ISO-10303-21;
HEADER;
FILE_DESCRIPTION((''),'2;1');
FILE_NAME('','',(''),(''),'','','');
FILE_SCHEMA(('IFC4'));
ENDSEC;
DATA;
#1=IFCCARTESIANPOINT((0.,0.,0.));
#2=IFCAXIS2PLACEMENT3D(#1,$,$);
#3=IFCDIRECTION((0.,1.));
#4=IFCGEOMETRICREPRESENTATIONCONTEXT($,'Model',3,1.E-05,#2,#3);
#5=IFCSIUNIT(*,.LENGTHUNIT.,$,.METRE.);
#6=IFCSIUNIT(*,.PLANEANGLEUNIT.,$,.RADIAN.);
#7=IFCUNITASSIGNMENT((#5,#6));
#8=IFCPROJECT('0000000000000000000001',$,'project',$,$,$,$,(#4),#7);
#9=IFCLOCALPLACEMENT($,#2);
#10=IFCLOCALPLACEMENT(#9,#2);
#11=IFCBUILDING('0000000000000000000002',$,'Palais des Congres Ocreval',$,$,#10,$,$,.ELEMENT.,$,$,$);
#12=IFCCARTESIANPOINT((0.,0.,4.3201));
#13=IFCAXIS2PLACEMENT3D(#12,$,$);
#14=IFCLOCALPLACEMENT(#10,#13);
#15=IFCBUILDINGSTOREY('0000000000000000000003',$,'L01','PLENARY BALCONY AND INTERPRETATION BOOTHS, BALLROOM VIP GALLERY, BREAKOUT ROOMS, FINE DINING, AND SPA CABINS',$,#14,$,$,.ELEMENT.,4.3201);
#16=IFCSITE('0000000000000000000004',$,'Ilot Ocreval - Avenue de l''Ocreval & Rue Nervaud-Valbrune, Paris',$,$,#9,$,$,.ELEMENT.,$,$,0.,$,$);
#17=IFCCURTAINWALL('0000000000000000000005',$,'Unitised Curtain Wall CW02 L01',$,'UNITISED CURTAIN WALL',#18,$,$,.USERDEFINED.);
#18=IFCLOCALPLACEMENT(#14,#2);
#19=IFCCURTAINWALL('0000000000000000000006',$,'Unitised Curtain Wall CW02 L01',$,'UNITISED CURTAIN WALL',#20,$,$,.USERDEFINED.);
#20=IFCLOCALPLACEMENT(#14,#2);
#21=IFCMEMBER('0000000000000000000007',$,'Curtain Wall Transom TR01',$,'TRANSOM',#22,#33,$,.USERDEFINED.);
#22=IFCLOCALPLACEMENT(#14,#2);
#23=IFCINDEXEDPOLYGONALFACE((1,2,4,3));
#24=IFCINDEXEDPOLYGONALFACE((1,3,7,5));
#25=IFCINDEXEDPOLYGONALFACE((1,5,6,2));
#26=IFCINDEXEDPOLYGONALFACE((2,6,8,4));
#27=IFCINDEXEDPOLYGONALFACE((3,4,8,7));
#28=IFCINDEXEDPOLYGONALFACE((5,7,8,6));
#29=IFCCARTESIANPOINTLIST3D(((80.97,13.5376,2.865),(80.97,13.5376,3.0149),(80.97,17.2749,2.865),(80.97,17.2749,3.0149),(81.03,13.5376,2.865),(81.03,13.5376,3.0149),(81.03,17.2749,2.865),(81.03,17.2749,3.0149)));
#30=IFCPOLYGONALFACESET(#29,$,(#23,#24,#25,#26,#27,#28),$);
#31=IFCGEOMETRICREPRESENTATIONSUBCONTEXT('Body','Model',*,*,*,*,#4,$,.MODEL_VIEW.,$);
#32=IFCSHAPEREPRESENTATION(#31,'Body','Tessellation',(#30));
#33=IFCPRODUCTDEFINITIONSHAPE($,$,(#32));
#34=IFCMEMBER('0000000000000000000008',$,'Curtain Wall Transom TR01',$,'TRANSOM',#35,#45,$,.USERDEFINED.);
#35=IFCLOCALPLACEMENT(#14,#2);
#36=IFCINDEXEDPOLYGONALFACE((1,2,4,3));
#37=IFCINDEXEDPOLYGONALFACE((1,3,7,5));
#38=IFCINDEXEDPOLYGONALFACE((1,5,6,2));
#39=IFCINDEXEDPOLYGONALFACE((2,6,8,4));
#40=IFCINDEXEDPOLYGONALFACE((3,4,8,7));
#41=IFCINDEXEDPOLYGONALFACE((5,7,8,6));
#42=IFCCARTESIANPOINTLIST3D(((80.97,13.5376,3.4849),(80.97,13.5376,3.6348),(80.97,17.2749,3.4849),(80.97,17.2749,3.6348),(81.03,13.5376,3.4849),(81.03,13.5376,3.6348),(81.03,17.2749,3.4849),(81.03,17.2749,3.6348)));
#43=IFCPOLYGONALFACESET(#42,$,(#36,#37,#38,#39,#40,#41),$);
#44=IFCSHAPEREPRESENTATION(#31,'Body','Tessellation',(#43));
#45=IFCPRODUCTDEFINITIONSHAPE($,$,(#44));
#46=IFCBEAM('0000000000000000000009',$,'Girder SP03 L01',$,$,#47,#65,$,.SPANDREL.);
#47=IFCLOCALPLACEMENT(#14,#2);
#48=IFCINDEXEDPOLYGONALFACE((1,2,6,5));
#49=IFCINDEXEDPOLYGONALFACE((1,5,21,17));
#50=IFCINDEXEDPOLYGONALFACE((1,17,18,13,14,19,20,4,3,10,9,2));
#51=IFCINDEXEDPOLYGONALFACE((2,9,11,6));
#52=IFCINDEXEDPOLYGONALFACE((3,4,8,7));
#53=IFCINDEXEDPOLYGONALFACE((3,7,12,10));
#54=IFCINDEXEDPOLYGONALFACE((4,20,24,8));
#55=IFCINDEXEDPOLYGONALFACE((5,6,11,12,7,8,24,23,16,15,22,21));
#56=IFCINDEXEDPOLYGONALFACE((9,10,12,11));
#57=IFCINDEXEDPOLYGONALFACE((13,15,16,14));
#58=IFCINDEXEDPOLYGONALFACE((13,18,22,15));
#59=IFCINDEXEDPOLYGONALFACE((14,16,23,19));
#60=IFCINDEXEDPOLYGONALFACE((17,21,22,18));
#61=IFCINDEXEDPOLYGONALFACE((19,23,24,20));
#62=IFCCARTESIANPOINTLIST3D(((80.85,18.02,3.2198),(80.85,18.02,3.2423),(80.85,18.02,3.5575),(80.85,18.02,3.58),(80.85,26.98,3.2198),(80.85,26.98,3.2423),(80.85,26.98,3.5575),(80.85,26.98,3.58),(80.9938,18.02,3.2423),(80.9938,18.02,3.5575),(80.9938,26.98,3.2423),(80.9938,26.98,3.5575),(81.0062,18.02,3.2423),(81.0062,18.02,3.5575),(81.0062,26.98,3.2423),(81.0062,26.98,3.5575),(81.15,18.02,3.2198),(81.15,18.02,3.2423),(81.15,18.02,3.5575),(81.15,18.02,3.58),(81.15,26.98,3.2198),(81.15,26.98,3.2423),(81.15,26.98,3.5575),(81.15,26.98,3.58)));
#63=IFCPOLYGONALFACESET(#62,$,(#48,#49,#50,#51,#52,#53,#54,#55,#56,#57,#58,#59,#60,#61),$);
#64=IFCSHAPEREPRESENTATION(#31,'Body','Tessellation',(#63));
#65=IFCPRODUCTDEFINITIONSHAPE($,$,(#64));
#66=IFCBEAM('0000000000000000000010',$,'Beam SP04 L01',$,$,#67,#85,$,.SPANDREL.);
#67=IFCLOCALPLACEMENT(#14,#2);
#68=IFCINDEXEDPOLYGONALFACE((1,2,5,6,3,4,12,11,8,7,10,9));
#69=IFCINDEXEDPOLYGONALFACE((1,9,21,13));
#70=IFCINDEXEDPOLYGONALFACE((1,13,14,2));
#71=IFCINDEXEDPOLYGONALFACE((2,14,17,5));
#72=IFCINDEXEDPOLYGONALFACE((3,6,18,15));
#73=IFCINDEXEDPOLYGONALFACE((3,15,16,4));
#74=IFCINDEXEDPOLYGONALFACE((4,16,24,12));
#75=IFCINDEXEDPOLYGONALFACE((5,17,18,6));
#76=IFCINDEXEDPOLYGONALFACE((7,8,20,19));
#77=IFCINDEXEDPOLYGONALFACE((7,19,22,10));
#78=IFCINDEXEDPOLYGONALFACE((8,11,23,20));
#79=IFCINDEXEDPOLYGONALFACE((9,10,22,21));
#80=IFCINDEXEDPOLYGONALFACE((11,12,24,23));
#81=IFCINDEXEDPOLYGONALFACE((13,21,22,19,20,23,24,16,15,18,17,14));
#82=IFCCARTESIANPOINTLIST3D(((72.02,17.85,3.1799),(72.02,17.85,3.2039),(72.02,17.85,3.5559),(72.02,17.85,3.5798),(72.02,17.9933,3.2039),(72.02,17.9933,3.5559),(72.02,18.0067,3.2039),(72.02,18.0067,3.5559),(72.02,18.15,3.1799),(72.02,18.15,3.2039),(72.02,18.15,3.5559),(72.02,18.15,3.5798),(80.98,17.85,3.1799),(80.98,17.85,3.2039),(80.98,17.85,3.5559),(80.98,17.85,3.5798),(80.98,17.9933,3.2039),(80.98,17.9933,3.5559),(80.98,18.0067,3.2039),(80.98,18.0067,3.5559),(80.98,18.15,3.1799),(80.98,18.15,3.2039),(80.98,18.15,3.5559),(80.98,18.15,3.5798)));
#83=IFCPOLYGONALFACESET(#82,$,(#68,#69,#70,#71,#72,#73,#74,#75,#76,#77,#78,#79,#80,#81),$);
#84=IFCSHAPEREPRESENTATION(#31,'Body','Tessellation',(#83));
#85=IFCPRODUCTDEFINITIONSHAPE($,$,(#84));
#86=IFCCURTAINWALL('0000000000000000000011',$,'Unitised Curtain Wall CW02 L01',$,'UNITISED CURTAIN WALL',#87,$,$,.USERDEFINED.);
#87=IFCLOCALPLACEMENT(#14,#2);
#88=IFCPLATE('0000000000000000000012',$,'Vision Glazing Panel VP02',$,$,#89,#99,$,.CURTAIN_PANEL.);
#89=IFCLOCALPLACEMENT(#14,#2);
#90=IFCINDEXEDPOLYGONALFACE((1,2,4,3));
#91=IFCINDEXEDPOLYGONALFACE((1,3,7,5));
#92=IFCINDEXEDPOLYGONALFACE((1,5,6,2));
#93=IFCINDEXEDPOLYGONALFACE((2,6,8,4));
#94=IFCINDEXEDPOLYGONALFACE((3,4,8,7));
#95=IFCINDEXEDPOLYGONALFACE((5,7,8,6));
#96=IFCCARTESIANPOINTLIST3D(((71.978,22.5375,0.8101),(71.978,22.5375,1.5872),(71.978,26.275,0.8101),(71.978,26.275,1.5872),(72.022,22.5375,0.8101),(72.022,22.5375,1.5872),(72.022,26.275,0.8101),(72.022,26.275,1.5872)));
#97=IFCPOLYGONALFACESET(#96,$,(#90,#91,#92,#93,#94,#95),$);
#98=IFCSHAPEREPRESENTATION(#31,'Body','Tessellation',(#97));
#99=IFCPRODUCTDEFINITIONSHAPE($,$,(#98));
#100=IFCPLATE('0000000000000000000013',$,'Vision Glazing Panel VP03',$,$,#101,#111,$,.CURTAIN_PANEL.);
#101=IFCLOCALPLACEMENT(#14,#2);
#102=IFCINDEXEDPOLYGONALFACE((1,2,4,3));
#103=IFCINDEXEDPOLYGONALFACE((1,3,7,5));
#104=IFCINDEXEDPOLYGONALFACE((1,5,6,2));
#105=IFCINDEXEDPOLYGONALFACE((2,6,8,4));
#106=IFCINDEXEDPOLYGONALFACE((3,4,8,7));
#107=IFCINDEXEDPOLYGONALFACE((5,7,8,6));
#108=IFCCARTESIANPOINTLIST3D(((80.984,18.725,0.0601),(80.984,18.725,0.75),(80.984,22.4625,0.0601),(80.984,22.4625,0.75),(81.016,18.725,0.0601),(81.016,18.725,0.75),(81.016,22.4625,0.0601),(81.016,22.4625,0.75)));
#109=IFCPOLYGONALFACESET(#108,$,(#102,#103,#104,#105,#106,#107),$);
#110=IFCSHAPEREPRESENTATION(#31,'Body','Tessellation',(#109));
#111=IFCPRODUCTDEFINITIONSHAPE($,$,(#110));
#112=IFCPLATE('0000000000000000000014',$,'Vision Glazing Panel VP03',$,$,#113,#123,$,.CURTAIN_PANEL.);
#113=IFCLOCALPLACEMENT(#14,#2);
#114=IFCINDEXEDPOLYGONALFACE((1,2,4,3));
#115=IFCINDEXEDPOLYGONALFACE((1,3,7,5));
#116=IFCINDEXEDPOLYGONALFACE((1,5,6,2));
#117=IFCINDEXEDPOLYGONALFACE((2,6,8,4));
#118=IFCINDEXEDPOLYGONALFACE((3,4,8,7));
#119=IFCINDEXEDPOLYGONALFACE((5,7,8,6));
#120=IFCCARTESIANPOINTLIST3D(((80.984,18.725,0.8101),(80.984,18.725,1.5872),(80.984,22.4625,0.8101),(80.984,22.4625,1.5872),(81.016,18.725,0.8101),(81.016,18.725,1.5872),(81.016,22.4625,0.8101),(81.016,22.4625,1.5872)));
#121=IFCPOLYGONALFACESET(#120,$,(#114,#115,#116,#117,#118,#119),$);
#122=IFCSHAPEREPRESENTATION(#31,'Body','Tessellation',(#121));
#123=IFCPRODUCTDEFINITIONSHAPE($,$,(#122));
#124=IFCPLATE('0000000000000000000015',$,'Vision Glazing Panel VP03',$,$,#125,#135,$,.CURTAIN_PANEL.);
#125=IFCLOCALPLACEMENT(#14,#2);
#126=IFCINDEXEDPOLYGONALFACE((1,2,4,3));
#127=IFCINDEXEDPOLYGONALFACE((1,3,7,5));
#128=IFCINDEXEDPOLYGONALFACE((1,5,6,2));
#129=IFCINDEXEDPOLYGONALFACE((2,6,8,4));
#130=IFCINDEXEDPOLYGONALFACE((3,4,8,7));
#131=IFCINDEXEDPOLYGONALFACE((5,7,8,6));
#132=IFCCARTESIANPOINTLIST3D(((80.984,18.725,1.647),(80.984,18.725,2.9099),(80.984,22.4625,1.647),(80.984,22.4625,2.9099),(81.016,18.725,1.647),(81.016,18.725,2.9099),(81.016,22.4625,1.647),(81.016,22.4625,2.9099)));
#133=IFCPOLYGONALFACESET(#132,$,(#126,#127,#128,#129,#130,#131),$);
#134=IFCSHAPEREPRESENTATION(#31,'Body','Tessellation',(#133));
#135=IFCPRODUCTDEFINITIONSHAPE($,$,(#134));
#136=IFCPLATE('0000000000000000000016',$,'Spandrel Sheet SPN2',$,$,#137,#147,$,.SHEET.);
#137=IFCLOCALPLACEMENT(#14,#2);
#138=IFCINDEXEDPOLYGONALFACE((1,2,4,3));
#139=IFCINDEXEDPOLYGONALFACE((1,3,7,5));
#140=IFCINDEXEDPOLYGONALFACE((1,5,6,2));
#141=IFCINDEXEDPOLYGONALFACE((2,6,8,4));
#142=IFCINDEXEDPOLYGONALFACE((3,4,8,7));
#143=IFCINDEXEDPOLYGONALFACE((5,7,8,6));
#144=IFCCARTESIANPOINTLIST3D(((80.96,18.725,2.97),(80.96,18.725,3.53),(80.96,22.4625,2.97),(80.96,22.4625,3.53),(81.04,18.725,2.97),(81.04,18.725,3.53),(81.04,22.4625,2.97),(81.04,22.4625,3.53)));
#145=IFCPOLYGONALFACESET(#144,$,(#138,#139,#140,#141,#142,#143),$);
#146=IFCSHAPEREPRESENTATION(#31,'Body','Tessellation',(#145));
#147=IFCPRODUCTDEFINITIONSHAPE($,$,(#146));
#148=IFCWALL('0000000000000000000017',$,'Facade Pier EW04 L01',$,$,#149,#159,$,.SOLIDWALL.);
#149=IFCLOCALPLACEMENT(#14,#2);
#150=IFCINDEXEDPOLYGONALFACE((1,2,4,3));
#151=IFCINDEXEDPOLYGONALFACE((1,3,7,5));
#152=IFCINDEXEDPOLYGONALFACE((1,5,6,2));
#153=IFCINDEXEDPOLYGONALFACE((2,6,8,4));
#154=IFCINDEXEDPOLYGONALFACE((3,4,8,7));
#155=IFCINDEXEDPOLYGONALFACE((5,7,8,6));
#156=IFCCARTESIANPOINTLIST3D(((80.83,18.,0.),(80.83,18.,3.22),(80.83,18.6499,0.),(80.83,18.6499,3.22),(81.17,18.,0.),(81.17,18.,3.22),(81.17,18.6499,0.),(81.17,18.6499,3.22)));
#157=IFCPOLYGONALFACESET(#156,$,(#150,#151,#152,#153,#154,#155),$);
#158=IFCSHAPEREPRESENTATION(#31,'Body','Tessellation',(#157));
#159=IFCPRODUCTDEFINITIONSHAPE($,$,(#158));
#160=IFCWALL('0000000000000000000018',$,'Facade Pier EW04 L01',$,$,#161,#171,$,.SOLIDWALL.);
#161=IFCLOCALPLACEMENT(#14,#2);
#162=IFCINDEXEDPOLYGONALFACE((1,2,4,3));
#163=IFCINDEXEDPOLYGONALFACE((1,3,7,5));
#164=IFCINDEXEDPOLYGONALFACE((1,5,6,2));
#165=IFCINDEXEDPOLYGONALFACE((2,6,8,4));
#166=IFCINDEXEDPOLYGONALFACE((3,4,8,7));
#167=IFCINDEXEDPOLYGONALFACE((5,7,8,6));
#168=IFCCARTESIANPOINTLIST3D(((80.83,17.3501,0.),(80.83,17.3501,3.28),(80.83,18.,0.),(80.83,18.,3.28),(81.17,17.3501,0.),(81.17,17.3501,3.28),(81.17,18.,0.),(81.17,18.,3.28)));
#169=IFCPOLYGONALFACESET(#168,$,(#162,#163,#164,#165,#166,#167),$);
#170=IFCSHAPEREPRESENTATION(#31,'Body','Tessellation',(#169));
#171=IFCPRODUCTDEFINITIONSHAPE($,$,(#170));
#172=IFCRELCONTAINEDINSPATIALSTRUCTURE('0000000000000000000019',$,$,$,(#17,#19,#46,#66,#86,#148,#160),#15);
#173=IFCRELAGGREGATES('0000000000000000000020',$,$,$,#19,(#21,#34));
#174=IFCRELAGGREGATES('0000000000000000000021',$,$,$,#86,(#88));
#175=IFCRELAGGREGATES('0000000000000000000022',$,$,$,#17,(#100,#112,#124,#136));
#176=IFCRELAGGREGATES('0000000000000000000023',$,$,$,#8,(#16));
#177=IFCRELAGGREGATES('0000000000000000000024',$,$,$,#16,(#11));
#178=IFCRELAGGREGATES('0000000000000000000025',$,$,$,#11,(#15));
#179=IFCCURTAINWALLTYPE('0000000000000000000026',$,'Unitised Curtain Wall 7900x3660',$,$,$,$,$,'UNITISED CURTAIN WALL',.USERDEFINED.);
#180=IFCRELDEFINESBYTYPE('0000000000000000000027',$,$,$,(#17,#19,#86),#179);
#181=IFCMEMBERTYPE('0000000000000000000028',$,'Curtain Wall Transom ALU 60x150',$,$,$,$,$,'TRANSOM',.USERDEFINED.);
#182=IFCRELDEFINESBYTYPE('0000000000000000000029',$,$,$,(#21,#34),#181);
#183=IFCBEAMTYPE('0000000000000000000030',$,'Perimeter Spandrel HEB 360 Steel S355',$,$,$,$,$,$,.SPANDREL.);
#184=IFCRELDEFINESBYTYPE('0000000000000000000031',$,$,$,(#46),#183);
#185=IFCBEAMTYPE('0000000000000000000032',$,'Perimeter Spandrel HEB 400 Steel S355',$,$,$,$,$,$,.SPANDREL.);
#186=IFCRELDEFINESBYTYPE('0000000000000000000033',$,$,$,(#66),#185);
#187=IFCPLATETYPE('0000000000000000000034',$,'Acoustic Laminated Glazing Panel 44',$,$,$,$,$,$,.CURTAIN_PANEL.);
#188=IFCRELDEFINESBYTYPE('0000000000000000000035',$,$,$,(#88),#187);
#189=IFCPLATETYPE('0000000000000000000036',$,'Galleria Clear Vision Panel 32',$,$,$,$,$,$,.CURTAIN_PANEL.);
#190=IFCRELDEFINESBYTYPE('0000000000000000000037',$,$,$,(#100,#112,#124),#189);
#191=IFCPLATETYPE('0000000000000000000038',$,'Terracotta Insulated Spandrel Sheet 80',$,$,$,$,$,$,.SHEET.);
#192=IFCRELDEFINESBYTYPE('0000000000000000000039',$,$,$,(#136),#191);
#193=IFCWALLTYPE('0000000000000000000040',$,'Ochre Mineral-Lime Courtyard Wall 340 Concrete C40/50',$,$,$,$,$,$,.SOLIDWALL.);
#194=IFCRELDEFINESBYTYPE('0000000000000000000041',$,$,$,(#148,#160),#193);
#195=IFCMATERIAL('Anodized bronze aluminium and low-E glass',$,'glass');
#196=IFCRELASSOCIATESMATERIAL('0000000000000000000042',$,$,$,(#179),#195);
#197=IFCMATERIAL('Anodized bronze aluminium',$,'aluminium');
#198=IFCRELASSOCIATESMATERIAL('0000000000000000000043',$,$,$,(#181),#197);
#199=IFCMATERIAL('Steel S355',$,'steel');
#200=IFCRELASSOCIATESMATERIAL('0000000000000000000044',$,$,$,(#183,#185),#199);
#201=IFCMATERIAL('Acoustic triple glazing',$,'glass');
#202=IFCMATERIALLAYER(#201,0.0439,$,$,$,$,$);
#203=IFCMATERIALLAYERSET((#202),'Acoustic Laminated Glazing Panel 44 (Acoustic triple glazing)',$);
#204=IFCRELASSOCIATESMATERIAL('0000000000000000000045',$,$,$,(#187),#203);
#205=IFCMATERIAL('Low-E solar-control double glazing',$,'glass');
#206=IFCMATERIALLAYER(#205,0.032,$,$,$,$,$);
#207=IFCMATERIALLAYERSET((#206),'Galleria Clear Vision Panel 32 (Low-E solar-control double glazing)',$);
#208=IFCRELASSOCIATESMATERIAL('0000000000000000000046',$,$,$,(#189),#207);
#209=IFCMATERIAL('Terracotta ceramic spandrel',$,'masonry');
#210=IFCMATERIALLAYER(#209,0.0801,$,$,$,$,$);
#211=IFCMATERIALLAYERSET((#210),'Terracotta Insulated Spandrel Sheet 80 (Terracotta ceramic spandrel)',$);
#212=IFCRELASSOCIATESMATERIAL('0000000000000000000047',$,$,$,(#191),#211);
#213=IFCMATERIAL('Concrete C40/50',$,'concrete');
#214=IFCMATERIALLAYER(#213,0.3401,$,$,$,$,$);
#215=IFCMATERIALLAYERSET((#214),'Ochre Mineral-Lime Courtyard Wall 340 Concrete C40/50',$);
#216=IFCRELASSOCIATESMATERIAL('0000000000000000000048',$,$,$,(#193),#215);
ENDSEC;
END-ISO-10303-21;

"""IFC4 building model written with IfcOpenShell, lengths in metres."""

from ifc_helpers import new_model, si_unit, direction, frame, frame_2d, origin, origin_2d, place, context, subcontext, project, spatial, rectangle, i_section, extrude, material, layer, layer_set, material_profile, profile_set, type_object, element, aggregate, save


model = new_model("IFC4")

# Units and contexts
model_context = context("Model", 3, precision=1e-05, world=origin(), true_north=direction((0.0, 1.0)))
body_context = subcontext(model_context, "Body", "Model", "MODEL_VIEW")
ifc_project = project(units=[si_unit("LENGTHUNIT", "METRE"), si_unit("PLANEANGLEUNIT", "RADIAN")], contexts=[model_context])

# Site, building, storey
site_placement = place(None, origin())
site = spatial("IfcSite", under=ifc_project, at=site_placement, Name="Ilot Ocreval - Avenue de l'Ocreval & Rue Nervaud-Valbrune, Paris", CompositionType="ELEMENT", RefElevation=0.0)
building_placement = place(site_placement, origin())
building = spatial("IfcBuilding", under=site, at=building_placement, Name="Palais des Congres Ocreval", CompositionType="ELEMENT")
storey_placement = place(building_placement, frame((0.0, 0.0, 4.3201)))
storey = spatial("IfcBuildingStorey", under=building, at=storey_placement, Name="L01", Description="PLENARY BALCONY AND INTERPRETATION BOOTHS, BALLROOM VIP GALLERY, BREAKOUT ROOMS, FINE DINING, AND SPA CABINS", CompositionType="ELEMENT", Elevation=4.3201)

# Shared definitions
ifc_material_1 = material(Name="Steel S355", Category="steel")

# Curtain wall
ifc_material_2 = material(Name="Anodized bronze aluminium and low-E glass", Category="glass")
curtain_wall_type = type_object("IfcCurtainWallType", Name="Unitised Curtain Wall 7900x3660", ElementType="UNITISED CURTAIN WALL", PredefinedType="USERDEFINED", material=ifc_material_2)
curtain_wall_1_placement = place(storey_placement, origin())
curtain_wall_1 = element("IfcCurtainWall", 1, at=curtain_wall_1_placement, inside=storey, type_object=curtain_wall_type, Name="Unitised Curtain Wall CW02 L01", ObjectType="UNITISED CURTAIN WALL", PredefinedType="USERDEFINED")
ifc_material_3 = material(Name="Anodized bronze aluminium", Category="aluminium")

# Curtain wall
curtain_wall_2_placement = place(storey_placement, origin())
curtain_wall_2 = element("IfcCurtainWall", 2, at=curtain_wall_2_placement, inside=storey, type_object=curtain_wall_type, Name="Unitised Curtain Wall CW02 L01", ObjectType="UNITISED CURTAIN WALL", PredefinedType="USERDEFINED")

# Members
ifc_material_profile_1 = material_profile(ifc_material_3, rectangle(XDim=0.0601, YDim=0.1499, at=origin_2d()), Name="ALU 60x150")
ifc_profile_set_1 = profile_set([ifc_material_profile_1], Name="Anodized bronze aluminium")
member_type_1 = type_object("IfcMemberType", Name="Curtain Wall Transom ALU 60x150", ElementType="TRANSOM", PredefinedType="USERDEFINED", material=ifc_profile_set_1)
member_1_placement = place(storey_placement, frame((81.0, 17.2749, 2.9399), z_axis=(0.0, -1.0, 0.0), x_axis=(1.0, 0.0, 0.0)))
member_1 = element("IfcMember", 3, at=member_1_placement, type_object=member_type_1, Name="Curtain Wall Transom TR01", ObjectType="TRANSOM", PredefinedType="USERDEFINED", context=body_context, shape_type="SweptSolid", body=[
    extrude(rectangle(XDim=0.0601, YDim=0.1499, at=origin_2d()), origin(), (0.0, 0.0, 1.0), 3.7373),
])
member_2_placement = place(storey_placement, frame((81.0, 17.2749, 3.5598), z_axis=(0.0, -1.0, 0.0), x_axis=(1.0, 0.0, 0.0)))
member_2 = element("IfcMember", 4, at=member_2_placement, type_object=member_type_1, Name="Curtain Wall Transom TR01", ObjectType="TRANSOM", PredefinedType="USERDEFINED", context=body_context, shape_type="SweptSolid", body=[
    extrude(rectangle(XDim=0.0601, YDim=0.1499, at=origin_2d()), origin(), (0.0, 0.0, 1.0), 3.7373),
])
aggregate(curtain_wall_2, [member_1, member_2])

# Beams
ifc_material_profile_2 = material_profile(ifc_material_1, i_section(OverallWidth=0.3, OverallDepth=0.3601, WebThickness=0.0125, FlangeThickness=0.0225, at=origin_2d()), Name="HEB 360")
ifc_profile_set_2 = profile_set([ifc_material_profile_2], Name="Steel S355")
beam_type_1 = type_object("IfcBeamType", Name="Perimeter Spandrel HEB 360 Steel S355", PredefinedType="SPANDREL", material=ifc_profile_set_2)
beam_1_placement = place(storey_placement, frame((81.0, 18.02, 3.3999), z_axis=(0.0, 1.0, 0.0), x_axis=(-1.0, 0.0, 0.0)))
element("IfcBeam", 5, at=beam_1_placement, inside=storey, type_object=beam_type_1, Name="Girder SP03 L01", PredefinedType="SPANDREL", context=body_context, shape_type="SweptSolid", body=[
    extrude(i_section(OverallWidth=0.3, OverallDepth=0.3601, WebThickness=0.0125, FlangeThickness=0.0225, at=origin_2d()), origin(), (0.0, 0.0, 1.0), 8.96),
])
ifc_material_profile_3 = material_profile(ifc_material_1, i_section(OverallWidth=0.3, OverallDepth=0.3999, WebThickness=0.0134, FlangeThickness=0.0239, at=origin_2d()), Name="HEB 400")
ifc_profile_set_3 = profile_set([ifc_material_profile_3], Name="Steel S355")
beam_type_2 = type_object("IfcBeamType", Name="Perimeter Spandrel HEB 400 Steel S355", PredefinedType="SPANDREL", material=ifc_profile_set_3)
beam_2_placement = place(storey_placement, frame((72.02, 18.0, 3.3799), z_axis=(1.0, 0.0, 0.0), x_axis=(0.0, 1.0, 0.0)))
element("IfcBeam", 6, at=beam_2_placement, inside=storey, type_object=beam_type_2, Name="Beam SP04 L01", PredefinedType="SPANDREL", context=body_context, shape_type="SweptSolid", body=[
    extrude(i_section(OverallWidth=0.3, OverallDepth=0.3999, WebThickness=0.0134, FlangeThickness=0.0239, at=origin_2d()), origin(), (0.0, 0.0, 1.0), 8.96),
])

# Curtain wall, plate
curtain_wall_3_placement = place(storey_placement, origin())
curtain_wall_3 = element("IfcCurtainWall", 7, at=curtain_wall_3_placement, inside=storey, type_object=curtain_wall_type, Name="Unitised Curtain Wall CW02 L01", ObjectType="UNITISED CURTAIN WALL", PredefinedType="USERDEFINED")
ifc_material_4 = material(Name="Acoustic triple glazing", Category="glass")
ifc_layer_1 = layer(ifc_material_4, 0.0439)
ifc_layer_set_1 = layer_set([ifc_layer_1], Name="Acoustic Laminated Glazing Panel 44 (Acoustic triple glazing)")
plate_type_1 = type_object("IfcPlateType", Name="Acoustic Laminated Glazing Panel 44", PredefinedType="CURTAIN_PANEL", material=ifc_layer_set_1)
plate_1_placement = place(storey_placement, frame((72.0, 24.4062, 0.8101), z_axis=(0.0, 0.0, 1.0), x_axis=(0.0, 1.0, 0.0)))
plate_1 = element("IfcPlate", 8, at=plate_1_placement, type_object=plate_type_1, Name="Vision Glazing Panel VP02", PredefinedType="CURTAIN_PANEL", context=body_context, shape_type="SweptSolid", body=[
    extrude(rectangle(XDim=3.7375, YDim=0.0439, at=origin_2d()), origin(), (0.0, 0.0, 1.0), 0.7771),
])
aggregate(curtain_wall_3, [plate_1])

# Plates
ifc_material_5 = material(Name="Low-E solar-control double glazing", Category="glass")
ifc_layer_2 = layer(ifc_material_5, 0.032)
ifc_layer_set_2 = layer_set([ifc_layer_2], Name="Galleria Clear Vision Panel 32 (Low-E solar-control double glazing)")
plate_type_2 = type_object("IfcPlateType", Name="Galleria Clear Vision Panel 32", PredefinedType="CURTAIN_PANEL", material=ifc_layer_set_2)
plate_2_placement = place(storey_placement, frame((81.0, 20.5938, 0.0601), z_axis=(0.0, 0.0, 1.0), x_axis=(0.0, -1.0, 0.0)))
plate_2 = element("IfcPlate", 9, at=plate_2_placement, type_object=plate_type_2, Name="Vision Glazing Panel VP03", PredefinedType="CURTAIN_PANEL", context=body_context, shape_type="SweptSolid", body=[
    extrude(rectangle(XDim=3.7375, YDim=0.032, at=origin_2d()), origin(), (0.0, 0.0, 1.0), 0.6899),
])
plate_3_placement = place(storey_placement, frame((81.0, 20.5938, 0.8101), z_axis=(0.0, 0.0, 1.0), x_axis=(0.0, -1.0, 0.0)))
plate_3 = element("IfcPlate", 10, at=plate_3_placement, type_object=plate_type_2, Name="Vision Glazing Panel VP03", PredefinedType="CURTAIN_PANEL", context=body_context, shape_type="SweptSolid", body=[
    extrude(rectangle(XDim=3.7375, YDim=0.032, at=origin_2d()), origin(), (0.0, 0.0, 1.0), 0.7771),
])
plate_4_placement = place(storey_placement, frame((81.0, 20.5938, 1.647), z_axis=(0.0, 0.0, 1.0), x_axis=(0.0, -1.0, 0.0)))
plate_4 = element("IfcPlate", 11, at=plate_4_placement, type_object=plate_type_2, Name="Vision Glazing Panel VP03", PredefinedType="CURTAIN_PANEL", context=body_context, shape_type="SweptSolid", body=[
    extrude(rectangle(XDim=3.7375, YDim=0.032, at=origin_2d()), origin(), (0.0, 0.0, 1.0), 1.2629),
])
ifc_material_6 = material(Name="Terracotta ceramic spandrel", Category="masonry")
ifc_layer_3 = layer(ifc_material_6, 0.0801)
ifc_layer_set_3 = layer_set([ifc_layer_3], Name="Terracotta Insulated Spandrel Sheet 80 (Terracotta ceramic spandrel)")
plate_type_3 = type_object("IfcPlateType", Name="Terracotta Insulated Spandrel Sheet 80", PredefinedType="SHEET", material=ifc_layer_set_3)
plate_5_placement = place(storey_placement, frame((81.0, 20.5938, 2.97), z_axis=(0.0, 0.0, 1.0), x_axis=(0.0, -1.0, 0.0)))
plate_5 = element("IfcPlate", 12, at=plate_5_placement, type_object=plate_type_3, Name="Spandrel Sheet SPN2", PredefinedType="SHEET", context=body_context, shape_type="SweptSolid", body=[
    extrude(rectangle(XDim=3.7375, YDim=0.0801, at=origin_2d()), origin(), (0.0, 0.0, 1.0), 0.5601),
])
aggregate(curtain_wall_1, [plate_2, plate_3, plate_4, plate_5])

# Walls
ifc_material_7 = material(Name="Concrete C40/50", Category="concrete")
ifc_layer_4 = layer(ifc_material_7, 0.3401)
ifc_layer_set_4 = layer_set([ifc_layer_4], Name="Ochre Mineral-Lime Courtyard Wall 340 Concrete C40/50")
wall_type = type_object("IfcWallType", Name="Ochre Mineral-Lime Courtyard Wall 340 Concrete C40/50", PredefinedType="SOLIDWALL", material=ifc_layer_set_4)
wall_1_placement = place(storey_placement, frame((81.0, 18.6499, 0.0), z_axis=(0.0, 0.0, 1.0), x_axis=(0.0, -1.0, 0.0)))
element("IfcWall", 13, at=wall_1_placement, inside=storey, type_object=wall_type, Name="Facade Pier EW04 L01", PredefinedType="SOLIDWALL", context=body_context, shape_type="SweptSolid", body=[
    extrude(rectangle(XDim=0.6499, YDim=0.3401, at=frame_2d((0.325, 0.0))), origin(), (0.0, 0.0, 1.0), 3.22),
])
wall_2_placement = place(storey_placement, frame((81.0, 18.0, 0.0), z_axis=(0.0, 0.0, 1.0), x_axis=(0.0, -1.0, 0.0)))
element("IfcWall", 14, at=wall_2_placement, inside=storey, type_object=wall_type, Name="Facade Pier EW04 L01", PredefinedType="SOLIDWALL", context=body_context, shape_type="SweptSolid", body=[
    extrude(rectangle(XDim=0.6499, YDim=0.3401, at=frame_2d((0.325, 0.0))), origin(), (0.0, 0.0, 1.0), 3.28),
])

save(model, "model.ifc")
